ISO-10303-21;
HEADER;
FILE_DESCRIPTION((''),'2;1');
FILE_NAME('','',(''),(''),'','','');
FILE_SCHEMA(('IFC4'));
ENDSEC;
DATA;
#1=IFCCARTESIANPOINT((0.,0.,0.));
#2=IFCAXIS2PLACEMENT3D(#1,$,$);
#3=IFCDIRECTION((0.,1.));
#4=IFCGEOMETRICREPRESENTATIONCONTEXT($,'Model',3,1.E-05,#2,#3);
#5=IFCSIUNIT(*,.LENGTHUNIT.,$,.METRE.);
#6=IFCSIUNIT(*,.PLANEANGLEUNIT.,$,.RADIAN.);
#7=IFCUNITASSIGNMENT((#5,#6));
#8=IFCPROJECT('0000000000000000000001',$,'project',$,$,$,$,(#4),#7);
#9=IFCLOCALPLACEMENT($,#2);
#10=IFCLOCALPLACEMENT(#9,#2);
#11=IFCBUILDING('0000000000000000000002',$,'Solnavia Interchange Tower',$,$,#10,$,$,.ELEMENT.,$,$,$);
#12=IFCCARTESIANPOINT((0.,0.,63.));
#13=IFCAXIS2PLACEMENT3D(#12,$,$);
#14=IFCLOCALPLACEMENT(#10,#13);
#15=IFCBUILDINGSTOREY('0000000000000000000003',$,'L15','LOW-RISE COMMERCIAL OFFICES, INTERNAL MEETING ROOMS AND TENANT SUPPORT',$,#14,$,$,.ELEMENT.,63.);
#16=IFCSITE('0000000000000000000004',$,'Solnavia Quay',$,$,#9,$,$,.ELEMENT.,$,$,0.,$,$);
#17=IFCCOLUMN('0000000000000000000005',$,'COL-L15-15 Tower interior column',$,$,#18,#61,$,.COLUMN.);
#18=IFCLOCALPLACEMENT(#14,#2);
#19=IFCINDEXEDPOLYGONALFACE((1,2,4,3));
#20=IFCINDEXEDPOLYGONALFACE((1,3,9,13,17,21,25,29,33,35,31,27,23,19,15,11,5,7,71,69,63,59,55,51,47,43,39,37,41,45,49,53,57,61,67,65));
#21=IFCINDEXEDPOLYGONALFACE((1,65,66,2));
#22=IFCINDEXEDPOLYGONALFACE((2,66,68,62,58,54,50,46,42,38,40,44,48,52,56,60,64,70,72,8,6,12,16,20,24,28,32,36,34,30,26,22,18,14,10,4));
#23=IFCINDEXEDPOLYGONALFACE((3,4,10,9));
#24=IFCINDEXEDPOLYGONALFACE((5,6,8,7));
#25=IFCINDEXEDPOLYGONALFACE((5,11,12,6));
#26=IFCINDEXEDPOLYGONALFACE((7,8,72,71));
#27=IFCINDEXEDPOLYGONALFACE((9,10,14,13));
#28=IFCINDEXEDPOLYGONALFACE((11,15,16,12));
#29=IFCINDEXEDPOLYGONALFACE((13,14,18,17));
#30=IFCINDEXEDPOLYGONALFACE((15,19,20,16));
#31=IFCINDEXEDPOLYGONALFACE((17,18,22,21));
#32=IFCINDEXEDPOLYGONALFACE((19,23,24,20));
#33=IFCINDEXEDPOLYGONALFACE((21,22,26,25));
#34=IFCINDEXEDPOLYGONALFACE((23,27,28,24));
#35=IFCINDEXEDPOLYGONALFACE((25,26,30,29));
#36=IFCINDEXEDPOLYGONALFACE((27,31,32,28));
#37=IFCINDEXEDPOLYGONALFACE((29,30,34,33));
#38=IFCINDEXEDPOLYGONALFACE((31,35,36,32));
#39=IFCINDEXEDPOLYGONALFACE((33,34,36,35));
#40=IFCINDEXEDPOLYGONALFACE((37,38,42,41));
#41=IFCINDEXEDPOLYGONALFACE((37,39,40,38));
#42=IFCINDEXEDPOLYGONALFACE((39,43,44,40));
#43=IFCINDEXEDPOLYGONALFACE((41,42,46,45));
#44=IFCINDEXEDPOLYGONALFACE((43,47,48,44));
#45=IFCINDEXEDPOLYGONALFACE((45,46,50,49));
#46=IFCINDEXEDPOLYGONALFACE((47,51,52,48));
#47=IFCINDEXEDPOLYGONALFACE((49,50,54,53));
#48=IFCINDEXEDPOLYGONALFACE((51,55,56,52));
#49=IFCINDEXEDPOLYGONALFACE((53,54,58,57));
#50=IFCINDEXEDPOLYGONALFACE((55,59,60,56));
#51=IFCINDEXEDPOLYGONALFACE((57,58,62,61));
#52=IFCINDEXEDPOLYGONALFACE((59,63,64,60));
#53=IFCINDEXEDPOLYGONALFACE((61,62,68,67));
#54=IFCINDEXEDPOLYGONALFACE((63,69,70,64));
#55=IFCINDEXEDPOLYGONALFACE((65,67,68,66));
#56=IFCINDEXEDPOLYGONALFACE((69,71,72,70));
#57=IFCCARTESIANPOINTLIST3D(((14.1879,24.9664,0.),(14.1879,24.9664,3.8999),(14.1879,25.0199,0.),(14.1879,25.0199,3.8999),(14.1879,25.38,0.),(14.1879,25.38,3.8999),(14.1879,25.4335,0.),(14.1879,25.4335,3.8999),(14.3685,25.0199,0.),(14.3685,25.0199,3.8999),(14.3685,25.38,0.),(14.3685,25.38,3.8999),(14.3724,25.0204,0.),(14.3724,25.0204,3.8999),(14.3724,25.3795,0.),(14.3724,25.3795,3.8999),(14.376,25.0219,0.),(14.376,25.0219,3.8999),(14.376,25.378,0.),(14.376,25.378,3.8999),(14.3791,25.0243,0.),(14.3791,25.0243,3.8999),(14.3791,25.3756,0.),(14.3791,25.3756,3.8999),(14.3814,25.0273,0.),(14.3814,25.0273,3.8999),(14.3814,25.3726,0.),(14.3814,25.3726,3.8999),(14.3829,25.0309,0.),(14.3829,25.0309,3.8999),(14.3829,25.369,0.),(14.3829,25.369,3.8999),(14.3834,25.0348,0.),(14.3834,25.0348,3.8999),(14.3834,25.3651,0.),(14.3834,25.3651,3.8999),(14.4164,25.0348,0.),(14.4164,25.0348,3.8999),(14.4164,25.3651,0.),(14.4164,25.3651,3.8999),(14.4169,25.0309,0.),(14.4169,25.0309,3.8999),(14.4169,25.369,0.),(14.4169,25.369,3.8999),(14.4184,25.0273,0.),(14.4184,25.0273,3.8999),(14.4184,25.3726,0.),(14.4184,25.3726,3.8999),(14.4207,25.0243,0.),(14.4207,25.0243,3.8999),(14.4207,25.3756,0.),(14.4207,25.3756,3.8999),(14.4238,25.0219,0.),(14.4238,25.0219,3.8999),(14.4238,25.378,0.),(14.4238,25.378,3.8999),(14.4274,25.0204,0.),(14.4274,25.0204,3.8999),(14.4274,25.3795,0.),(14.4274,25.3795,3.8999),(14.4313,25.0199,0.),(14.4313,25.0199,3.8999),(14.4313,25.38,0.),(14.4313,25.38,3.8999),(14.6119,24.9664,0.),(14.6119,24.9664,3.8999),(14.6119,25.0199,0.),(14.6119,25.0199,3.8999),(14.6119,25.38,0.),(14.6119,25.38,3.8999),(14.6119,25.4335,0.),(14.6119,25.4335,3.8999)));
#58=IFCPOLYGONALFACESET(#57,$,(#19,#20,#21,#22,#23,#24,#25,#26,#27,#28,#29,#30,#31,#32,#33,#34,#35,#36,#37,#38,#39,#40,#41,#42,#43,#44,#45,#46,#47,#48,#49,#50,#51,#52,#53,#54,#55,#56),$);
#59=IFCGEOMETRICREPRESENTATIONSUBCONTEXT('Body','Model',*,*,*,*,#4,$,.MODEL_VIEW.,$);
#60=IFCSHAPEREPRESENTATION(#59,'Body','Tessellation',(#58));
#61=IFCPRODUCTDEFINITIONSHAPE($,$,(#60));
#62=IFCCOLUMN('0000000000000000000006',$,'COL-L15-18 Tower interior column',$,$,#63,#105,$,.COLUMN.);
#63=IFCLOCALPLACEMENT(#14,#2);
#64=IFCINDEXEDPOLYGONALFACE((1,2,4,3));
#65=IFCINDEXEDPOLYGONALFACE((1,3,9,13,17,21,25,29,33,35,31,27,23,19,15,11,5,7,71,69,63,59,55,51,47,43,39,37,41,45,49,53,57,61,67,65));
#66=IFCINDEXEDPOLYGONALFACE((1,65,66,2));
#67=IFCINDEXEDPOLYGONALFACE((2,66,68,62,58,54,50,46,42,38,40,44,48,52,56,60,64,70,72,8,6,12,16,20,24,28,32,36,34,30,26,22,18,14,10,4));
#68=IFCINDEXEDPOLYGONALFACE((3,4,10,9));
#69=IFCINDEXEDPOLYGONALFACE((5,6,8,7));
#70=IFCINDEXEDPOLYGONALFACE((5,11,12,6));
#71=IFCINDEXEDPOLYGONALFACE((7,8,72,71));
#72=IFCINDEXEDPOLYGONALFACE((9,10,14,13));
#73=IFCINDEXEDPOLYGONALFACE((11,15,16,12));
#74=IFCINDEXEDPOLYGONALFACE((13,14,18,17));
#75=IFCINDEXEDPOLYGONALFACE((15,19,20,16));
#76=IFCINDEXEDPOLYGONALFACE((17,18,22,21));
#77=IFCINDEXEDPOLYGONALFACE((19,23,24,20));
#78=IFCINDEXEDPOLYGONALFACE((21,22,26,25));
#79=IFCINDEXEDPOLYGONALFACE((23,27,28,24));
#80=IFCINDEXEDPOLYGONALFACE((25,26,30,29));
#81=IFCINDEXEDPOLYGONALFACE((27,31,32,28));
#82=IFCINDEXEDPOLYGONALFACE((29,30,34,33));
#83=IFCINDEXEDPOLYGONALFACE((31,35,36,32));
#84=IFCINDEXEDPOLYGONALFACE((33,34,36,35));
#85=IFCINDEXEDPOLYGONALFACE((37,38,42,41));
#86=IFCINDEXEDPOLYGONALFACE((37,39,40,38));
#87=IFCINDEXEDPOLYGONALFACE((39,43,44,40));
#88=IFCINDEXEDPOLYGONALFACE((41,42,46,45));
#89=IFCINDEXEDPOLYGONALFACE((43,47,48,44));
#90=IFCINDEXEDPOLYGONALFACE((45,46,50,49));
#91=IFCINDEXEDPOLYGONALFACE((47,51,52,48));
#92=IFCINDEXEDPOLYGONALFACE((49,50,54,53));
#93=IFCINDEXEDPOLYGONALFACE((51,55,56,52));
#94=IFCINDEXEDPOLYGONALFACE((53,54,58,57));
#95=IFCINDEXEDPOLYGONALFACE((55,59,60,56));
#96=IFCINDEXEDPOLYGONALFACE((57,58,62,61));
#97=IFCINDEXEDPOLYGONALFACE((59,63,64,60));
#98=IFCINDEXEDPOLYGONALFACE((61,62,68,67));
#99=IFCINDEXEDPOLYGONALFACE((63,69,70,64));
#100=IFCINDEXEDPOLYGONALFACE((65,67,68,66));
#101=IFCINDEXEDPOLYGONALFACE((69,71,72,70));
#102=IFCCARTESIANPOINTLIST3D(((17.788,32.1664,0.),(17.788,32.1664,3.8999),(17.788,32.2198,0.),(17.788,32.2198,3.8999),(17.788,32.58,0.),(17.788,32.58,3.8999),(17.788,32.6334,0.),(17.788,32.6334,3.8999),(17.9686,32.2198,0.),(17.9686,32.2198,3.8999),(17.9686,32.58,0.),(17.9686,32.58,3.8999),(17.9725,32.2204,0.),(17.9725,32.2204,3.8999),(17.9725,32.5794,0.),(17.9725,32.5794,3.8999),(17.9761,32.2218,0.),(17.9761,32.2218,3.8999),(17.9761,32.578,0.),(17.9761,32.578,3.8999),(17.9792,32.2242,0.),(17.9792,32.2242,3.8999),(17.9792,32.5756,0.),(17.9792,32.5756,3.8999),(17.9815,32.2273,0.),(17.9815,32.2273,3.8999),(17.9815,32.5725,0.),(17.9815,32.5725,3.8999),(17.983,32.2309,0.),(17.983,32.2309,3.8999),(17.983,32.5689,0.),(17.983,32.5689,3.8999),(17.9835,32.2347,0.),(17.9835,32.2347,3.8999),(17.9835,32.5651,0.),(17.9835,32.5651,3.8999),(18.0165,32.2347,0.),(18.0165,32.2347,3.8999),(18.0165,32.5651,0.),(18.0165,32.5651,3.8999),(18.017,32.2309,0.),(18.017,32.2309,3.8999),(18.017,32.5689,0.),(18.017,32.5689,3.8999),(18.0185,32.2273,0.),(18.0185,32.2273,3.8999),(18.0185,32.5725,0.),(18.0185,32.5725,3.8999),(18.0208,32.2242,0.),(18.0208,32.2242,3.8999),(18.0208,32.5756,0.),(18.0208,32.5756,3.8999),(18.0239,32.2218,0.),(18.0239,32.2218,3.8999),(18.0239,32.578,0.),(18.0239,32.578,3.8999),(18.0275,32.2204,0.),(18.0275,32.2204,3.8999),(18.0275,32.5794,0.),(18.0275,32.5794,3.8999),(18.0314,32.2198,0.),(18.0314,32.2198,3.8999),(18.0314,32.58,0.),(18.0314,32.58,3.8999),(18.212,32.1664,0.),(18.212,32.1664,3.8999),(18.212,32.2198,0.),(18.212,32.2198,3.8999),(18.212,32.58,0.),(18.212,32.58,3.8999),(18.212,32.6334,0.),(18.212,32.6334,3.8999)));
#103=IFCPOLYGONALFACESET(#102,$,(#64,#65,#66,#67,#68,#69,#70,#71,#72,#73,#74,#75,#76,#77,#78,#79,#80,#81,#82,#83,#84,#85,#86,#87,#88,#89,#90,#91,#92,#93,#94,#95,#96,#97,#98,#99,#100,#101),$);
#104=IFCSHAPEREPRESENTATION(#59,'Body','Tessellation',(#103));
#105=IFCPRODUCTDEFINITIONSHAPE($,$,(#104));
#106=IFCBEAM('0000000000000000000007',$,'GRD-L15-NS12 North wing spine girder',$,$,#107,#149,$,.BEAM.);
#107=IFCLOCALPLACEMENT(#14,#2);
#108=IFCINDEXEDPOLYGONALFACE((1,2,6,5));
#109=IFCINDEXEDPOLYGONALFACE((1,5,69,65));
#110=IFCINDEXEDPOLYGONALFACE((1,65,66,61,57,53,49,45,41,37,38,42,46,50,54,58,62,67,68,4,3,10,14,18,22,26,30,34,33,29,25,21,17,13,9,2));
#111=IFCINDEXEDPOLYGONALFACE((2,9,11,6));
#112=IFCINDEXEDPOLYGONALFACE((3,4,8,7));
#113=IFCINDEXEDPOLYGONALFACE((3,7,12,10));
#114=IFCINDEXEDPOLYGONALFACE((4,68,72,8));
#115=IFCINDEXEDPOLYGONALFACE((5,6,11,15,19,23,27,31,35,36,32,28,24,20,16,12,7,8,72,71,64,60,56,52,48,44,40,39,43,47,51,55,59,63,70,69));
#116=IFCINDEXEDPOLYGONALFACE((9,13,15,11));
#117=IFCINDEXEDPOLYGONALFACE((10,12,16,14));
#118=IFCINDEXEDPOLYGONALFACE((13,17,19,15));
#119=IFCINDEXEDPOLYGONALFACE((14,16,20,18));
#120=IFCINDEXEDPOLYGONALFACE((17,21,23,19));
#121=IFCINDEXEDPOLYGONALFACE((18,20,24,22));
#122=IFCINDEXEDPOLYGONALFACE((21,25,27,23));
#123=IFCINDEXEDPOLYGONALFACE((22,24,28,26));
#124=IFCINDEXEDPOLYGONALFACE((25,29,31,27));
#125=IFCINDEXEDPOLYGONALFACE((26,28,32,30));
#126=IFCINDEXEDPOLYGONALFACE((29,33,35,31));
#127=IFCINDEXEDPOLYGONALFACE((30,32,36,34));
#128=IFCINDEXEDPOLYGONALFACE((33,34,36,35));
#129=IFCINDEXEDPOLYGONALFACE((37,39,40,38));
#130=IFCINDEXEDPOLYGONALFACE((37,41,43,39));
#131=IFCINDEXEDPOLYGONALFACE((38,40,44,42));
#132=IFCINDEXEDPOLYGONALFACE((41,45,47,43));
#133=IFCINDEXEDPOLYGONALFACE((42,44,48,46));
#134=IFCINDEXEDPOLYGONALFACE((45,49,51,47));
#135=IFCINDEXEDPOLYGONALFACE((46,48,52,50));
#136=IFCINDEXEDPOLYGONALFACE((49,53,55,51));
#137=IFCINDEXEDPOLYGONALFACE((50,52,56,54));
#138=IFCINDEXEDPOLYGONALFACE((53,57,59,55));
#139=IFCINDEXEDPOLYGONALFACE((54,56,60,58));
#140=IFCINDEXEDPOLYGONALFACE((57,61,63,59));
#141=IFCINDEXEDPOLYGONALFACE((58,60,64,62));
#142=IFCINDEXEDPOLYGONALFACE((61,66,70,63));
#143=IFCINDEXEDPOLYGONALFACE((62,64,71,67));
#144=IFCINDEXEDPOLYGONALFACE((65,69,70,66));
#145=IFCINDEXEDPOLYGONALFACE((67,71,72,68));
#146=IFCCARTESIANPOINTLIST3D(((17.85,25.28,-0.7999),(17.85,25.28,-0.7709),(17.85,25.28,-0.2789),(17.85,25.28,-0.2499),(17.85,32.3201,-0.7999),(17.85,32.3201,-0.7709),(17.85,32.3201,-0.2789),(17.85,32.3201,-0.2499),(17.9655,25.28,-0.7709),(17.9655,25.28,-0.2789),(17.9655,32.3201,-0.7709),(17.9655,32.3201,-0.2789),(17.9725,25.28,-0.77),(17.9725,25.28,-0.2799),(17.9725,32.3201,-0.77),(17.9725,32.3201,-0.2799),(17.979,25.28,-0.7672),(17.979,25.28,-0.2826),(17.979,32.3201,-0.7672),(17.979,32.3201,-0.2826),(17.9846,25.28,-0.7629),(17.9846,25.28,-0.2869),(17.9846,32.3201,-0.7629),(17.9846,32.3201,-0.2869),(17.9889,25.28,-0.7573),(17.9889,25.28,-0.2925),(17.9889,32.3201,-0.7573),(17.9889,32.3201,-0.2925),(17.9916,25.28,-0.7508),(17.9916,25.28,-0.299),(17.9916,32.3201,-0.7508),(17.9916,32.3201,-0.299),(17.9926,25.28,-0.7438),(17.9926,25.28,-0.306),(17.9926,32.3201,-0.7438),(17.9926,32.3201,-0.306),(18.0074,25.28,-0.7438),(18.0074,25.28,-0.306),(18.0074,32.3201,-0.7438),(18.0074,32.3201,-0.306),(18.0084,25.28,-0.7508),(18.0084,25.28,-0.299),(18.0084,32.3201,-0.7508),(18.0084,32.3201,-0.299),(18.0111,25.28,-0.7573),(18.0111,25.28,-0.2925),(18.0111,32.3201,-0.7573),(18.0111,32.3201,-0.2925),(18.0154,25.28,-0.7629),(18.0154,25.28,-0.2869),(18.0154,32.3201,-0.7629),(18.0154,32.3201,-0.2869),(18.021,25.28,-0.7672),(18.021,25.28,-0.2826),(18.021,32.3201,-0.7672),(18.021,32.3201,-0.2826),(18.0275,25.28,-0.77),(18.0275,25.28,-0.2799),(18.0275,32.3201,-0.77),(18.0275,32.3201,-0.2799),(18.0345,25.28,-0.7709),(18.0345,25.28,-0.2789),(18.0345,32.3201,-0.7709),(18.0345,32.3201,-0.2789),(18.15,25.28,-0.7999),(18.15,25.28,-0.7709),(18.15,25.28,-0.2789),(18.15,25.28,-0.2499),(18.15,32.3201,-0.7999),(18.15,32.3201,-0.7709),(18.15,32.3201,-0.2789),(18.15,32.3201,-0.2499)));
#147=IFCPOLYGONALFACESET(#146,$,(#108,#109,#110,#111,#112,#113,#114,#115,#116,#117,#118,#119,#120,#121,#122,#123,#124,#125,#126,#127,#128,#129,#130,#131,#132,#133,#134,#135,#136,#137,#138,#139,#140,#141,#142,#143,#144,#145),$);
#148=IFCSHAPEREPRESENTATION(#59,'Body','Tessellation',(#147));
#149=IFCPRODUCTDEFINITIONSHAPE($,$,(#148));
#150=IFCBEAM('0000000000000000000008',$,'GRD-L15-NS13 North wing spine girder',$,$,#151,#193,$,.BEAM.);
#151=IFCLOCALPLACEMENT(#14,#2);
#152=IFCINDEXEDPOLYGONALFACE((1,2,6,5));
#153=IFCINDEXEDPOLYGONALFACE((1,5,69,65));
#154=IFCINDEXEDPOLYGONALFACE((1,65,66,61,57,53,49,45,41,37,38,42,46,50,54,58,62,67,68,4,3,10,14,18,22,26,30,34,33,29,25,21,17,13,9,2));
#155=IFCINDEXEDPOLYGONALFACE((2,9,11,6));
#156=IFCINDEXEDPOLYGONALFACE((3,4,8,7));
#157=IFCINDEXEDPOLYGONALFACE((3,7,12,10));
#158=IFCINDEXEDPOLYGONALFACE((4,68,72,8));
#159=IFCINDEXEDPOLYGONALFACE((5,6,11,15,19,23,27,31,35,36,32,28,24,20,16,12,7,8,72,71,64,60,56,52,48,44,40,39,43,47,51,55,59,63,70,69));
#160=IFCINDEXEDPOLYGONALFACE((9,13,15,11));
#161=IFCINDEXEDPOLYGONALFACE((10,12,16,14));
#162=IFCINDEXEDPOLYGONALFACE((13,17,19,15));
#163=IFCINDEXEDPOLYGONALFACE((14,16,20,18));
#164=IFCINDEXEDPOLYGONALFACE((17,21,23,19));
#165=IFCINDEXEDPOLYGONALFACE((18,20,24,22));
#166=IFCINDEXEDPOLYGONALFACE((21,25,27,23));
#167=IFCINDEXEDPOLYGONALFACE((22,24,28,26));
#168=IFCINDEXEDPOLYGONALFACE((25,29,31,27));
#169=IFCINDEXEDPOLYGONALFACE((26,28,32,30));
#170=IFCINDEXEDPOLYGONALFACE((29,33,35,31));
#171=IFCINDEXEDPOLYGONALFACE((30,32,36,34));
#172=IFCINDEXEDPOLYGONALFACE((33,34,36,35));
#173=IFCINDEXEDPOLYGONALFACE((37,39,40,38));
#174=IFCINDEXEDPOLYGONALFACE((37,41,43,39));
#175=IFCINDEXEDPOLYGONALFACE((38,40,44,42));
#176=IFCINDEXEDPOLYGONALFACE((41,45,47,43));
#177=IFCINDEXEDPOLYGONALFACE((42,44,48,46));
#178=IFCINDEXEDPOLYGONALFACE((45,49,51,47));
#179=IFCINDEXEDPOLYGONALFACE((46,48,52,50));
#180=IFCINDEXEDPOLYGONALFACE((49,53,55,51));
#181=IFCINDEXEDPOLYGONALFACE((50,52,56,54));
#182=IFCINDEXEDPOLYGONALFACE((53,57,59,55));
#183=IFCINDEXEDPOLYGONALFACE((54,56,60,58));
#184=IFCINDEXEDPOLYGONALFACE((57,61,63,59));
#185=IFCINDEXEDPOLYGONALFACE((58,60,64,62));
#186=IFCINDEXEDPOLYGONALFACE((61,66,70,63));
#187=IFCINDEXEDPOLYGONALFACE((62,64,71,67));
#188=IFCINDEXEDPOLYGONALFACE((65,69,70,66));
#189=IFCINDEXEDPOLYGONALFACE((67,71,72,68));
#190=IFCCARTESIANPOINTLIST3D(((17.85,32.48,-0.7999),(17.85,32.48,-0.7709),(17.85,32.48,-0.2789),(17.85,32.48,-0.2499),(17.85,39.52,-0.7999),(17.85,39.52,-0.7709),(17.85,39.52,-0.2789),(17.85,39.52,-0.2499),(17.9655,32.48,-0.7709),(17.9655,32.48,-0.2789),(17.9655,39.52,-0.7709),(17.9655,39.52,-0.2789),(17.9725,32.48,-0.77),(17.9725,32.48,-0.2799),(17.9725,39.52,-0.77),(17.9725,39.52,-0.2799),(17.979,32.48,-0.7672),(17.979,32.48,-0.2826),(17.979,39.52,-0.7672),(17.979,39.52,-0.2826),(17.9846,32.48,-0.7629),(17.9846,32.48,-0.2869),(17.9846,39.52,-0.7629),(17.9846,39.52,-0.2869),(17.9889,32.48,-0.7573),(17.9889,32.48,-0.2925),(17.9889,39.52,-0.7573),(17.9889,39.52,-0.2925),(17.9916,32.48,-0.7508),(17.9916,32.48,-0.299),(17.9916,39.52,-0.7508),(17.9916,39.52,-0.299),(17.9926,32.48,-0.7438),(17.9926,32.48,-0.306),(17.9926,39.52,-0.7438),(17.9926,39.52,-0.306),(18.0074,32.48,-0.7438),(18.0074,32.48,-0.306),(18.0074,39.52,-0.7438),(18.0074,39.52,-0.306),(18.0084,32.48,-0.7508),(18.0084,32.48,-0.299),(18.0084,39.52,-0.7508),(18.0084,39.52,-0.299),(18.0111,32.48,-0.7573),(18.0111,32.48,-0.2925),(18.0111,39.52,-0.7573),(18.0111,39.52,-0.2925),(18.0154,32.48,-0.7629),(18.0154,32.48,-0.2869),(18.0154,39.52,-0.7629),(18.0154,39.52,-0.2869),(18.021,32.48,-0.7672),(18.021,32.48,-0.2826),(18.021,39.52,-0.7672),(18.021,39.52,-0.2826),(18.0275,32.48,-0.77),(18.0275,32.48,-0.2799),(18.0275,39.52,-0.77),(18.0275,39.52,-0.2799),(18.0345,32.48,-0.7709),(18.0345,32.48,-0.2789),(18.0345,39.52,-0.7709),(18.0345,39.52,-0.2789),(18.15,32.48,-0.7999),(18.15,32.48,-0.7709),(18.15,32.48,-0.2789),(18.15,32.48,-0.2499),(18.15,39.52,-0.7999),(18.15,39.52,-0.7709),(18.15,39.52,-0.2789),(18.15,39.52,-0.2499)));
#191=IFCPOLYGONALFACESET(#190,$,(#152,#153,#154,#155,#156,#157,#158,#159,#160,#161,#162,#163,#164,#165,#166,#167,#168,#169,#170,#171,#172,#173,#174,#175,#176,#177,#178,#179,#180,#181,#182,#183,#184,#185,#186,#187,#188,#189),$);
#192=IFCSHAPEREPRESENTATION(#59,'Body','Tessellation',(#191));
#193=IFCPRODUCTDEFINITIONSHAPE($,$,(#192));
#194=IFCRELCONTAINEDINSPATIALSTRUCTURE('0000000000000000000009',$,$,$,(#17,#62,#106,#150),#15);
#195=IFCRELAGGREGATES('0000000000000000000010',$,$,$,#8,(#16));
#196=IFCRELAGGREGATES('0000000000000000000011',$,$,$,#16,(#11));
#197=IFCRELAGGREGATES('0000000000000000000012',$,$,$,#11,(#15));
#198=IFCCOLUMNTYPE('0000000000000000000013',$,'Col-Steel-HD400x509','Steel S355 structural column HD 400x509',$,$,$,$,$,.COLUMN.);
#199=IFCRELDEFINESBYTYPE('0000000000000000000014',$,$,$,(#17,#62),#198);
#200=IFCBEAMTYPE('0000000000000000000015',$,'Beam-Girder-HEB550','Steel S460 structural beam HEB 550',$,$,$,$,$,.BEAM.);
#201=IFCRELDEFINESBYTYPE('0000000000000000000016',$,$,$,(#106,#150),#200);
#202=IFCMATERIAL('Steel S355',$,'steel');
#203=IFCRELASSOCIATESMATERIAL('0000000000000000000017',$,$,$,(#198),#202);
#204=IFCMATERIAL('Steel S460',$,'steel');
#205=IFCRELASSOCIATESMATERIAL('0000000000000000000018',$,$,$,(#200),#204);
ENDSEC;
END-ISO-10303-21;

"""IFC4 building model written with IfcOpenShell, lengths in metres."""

from ifc_helpers import new_model, si_unit, direction, frame, origin, origin_2d, place, context, subcontext, project, spatial, i_section, extrude, material, material_profile, profile_set, type_object, element, save


model = new_model("IFC4")

# Units and contexts
model_context = context("Model", 3, precision=1e-05, world=origin(), true_north=direction((0.0, 1.0)))
body_context = subcontext(model_context, "Body", "Model", "MODEL_VIEW")
ifc_project = project(units=[si_unit("LENGTHUNIT", "METRE"), si_unit("PLANEANGLEUNIT", "RADIAN")], contexts=[model_context])

# Site, building, storey
site_placement = place(None, origin())
site = spatial("IfcSite", under=ifc_project, at=site_placement, Name="Solnavia Quay", CompositionType="ELEMENT", RefElevation=0.0)
building_placement = place(site_placement, origin())
building = spatial("IfcBuilding", under=site, at=building_placement, Name="Solnavia Interchange Tower", CompositionType="ELEMENT")
storey_placement = place(building_placement, frame((0.0, 0.0, 63.0)))
storey = spatial("IfcBuildingStorey", under=building, at=storey_placement, Name="L15", Description="LOW-RISE COMMERCIAL OFFICES, INTERNAL MEETING ROOMS AND TENANT SUPPORT", CompositionType="ELEMENT", Elevation=63.0)

# Columns
ifc_material_1 = material(Name="Steel S355", Category="steel")
ifc_material_profile_1 = material_profile(ifc_material_1, i_section(OverallWidth=0.4241, OverallDepth=0.467, WebThickness=0.033, FlangeThickness=0.0535, FilletRadius=0.0149, at=origin_2d()), Name="HD 400x509")
ifc_profile_set_1 = profile_set([ifc_material_profile_1], Name="Steel S355")
column_type = type_object("IfcColumnType", Name="Col-Steel-HD400x509", Description="Steel S355 structural column HD 400x509", PredefinedType="COLUMN", material=ifc_profile_set_1)
for number, where, z_axis, x_axis, name in (
    (1, (14.3999, 25.2, 0.0), (0.0, 0.0, 1.0), (1.0, 0.0, 0.0), "COL-L15-15 Tower interior column"),
    (2, (18.0, 32.3999, 0.0), (0.0, 0.0, 1.0), (1.0, 0.0, 0.0), "COL-L15-18 Tower interior column"),
):
    element("IfcColumn", number, at=place(storey_placement, frame(where, z_axis=z_axis, x_axis=x_axis)), inside=storey, type_object=column_type, Name=name, PredefinedType="COLUMN", context=body_context, shape_type="SweptSolid", body=[
        extrude(i_section(OverallWidth=0.4241, OverallDepth=0.467, WebThickness=0.033, FlangeThickness=0.0535, FilletRadius=0.0149, at=origin_2d()), origin(), (0.0, 0.0, 1.0), 3.8999),
    ])

# Beams
ifc_material_2 = material(Name="Steel S460", Category="steel")
ifc_material_profile_2 = material_profile(ifc_material_2, i_section(OverallWidth=0.3, OverallDepth=0.55, WebThickness=0.0149, FlangeThickness=0.0291, FilletRadius=0.0271, at=origin_2d()), Name="HEB 550")
ifc_profile_set_2 = profile_set([ifc_material_profile_2], Name="Steel S460")
beam_type_1 = type_object("IfcBeamType", Name="Beam-Girder-HEB550", Description="Steel S460 structural beam HEB 550", PredefinedType="BEAM", material=ifc_profile_set_2)
for number, where, z_axis, x_axis, name in (
    (3, (18.0, 25.28, -0.5249), (0.0, 1.0, 0.0), (-1.0, 0.0, 0.0), "GRD-L15-NS12 North wing spine girder"),
    (4, (18.0, 32.48, -0.5249), (0.0, 1.0, 0.0), (-1.0, 0.0, 0.0), "GRD-L15-NS13 North wing spine girder"),
):
    element("IfcBeam", number, at=place(storey_placement, frame(where, z_axis=z_axis, x_axis=x_axis)), inside=storey, type_object=beam_type_1, Name=name, PredefinedType="BEAM", context=body_context, shape_type="SweptSolid", body=[
        extrude(i_section(OverallWidth=0.3, OverallDepth=0.55, WebThickness=0.0149, FlangeThickness=0.0291, FilletRadius=0.0271, at=origin_2d()), origin(), (0.0, 0.0, 1.0), 7.04),
    ])

save(model, "model.ifc")
